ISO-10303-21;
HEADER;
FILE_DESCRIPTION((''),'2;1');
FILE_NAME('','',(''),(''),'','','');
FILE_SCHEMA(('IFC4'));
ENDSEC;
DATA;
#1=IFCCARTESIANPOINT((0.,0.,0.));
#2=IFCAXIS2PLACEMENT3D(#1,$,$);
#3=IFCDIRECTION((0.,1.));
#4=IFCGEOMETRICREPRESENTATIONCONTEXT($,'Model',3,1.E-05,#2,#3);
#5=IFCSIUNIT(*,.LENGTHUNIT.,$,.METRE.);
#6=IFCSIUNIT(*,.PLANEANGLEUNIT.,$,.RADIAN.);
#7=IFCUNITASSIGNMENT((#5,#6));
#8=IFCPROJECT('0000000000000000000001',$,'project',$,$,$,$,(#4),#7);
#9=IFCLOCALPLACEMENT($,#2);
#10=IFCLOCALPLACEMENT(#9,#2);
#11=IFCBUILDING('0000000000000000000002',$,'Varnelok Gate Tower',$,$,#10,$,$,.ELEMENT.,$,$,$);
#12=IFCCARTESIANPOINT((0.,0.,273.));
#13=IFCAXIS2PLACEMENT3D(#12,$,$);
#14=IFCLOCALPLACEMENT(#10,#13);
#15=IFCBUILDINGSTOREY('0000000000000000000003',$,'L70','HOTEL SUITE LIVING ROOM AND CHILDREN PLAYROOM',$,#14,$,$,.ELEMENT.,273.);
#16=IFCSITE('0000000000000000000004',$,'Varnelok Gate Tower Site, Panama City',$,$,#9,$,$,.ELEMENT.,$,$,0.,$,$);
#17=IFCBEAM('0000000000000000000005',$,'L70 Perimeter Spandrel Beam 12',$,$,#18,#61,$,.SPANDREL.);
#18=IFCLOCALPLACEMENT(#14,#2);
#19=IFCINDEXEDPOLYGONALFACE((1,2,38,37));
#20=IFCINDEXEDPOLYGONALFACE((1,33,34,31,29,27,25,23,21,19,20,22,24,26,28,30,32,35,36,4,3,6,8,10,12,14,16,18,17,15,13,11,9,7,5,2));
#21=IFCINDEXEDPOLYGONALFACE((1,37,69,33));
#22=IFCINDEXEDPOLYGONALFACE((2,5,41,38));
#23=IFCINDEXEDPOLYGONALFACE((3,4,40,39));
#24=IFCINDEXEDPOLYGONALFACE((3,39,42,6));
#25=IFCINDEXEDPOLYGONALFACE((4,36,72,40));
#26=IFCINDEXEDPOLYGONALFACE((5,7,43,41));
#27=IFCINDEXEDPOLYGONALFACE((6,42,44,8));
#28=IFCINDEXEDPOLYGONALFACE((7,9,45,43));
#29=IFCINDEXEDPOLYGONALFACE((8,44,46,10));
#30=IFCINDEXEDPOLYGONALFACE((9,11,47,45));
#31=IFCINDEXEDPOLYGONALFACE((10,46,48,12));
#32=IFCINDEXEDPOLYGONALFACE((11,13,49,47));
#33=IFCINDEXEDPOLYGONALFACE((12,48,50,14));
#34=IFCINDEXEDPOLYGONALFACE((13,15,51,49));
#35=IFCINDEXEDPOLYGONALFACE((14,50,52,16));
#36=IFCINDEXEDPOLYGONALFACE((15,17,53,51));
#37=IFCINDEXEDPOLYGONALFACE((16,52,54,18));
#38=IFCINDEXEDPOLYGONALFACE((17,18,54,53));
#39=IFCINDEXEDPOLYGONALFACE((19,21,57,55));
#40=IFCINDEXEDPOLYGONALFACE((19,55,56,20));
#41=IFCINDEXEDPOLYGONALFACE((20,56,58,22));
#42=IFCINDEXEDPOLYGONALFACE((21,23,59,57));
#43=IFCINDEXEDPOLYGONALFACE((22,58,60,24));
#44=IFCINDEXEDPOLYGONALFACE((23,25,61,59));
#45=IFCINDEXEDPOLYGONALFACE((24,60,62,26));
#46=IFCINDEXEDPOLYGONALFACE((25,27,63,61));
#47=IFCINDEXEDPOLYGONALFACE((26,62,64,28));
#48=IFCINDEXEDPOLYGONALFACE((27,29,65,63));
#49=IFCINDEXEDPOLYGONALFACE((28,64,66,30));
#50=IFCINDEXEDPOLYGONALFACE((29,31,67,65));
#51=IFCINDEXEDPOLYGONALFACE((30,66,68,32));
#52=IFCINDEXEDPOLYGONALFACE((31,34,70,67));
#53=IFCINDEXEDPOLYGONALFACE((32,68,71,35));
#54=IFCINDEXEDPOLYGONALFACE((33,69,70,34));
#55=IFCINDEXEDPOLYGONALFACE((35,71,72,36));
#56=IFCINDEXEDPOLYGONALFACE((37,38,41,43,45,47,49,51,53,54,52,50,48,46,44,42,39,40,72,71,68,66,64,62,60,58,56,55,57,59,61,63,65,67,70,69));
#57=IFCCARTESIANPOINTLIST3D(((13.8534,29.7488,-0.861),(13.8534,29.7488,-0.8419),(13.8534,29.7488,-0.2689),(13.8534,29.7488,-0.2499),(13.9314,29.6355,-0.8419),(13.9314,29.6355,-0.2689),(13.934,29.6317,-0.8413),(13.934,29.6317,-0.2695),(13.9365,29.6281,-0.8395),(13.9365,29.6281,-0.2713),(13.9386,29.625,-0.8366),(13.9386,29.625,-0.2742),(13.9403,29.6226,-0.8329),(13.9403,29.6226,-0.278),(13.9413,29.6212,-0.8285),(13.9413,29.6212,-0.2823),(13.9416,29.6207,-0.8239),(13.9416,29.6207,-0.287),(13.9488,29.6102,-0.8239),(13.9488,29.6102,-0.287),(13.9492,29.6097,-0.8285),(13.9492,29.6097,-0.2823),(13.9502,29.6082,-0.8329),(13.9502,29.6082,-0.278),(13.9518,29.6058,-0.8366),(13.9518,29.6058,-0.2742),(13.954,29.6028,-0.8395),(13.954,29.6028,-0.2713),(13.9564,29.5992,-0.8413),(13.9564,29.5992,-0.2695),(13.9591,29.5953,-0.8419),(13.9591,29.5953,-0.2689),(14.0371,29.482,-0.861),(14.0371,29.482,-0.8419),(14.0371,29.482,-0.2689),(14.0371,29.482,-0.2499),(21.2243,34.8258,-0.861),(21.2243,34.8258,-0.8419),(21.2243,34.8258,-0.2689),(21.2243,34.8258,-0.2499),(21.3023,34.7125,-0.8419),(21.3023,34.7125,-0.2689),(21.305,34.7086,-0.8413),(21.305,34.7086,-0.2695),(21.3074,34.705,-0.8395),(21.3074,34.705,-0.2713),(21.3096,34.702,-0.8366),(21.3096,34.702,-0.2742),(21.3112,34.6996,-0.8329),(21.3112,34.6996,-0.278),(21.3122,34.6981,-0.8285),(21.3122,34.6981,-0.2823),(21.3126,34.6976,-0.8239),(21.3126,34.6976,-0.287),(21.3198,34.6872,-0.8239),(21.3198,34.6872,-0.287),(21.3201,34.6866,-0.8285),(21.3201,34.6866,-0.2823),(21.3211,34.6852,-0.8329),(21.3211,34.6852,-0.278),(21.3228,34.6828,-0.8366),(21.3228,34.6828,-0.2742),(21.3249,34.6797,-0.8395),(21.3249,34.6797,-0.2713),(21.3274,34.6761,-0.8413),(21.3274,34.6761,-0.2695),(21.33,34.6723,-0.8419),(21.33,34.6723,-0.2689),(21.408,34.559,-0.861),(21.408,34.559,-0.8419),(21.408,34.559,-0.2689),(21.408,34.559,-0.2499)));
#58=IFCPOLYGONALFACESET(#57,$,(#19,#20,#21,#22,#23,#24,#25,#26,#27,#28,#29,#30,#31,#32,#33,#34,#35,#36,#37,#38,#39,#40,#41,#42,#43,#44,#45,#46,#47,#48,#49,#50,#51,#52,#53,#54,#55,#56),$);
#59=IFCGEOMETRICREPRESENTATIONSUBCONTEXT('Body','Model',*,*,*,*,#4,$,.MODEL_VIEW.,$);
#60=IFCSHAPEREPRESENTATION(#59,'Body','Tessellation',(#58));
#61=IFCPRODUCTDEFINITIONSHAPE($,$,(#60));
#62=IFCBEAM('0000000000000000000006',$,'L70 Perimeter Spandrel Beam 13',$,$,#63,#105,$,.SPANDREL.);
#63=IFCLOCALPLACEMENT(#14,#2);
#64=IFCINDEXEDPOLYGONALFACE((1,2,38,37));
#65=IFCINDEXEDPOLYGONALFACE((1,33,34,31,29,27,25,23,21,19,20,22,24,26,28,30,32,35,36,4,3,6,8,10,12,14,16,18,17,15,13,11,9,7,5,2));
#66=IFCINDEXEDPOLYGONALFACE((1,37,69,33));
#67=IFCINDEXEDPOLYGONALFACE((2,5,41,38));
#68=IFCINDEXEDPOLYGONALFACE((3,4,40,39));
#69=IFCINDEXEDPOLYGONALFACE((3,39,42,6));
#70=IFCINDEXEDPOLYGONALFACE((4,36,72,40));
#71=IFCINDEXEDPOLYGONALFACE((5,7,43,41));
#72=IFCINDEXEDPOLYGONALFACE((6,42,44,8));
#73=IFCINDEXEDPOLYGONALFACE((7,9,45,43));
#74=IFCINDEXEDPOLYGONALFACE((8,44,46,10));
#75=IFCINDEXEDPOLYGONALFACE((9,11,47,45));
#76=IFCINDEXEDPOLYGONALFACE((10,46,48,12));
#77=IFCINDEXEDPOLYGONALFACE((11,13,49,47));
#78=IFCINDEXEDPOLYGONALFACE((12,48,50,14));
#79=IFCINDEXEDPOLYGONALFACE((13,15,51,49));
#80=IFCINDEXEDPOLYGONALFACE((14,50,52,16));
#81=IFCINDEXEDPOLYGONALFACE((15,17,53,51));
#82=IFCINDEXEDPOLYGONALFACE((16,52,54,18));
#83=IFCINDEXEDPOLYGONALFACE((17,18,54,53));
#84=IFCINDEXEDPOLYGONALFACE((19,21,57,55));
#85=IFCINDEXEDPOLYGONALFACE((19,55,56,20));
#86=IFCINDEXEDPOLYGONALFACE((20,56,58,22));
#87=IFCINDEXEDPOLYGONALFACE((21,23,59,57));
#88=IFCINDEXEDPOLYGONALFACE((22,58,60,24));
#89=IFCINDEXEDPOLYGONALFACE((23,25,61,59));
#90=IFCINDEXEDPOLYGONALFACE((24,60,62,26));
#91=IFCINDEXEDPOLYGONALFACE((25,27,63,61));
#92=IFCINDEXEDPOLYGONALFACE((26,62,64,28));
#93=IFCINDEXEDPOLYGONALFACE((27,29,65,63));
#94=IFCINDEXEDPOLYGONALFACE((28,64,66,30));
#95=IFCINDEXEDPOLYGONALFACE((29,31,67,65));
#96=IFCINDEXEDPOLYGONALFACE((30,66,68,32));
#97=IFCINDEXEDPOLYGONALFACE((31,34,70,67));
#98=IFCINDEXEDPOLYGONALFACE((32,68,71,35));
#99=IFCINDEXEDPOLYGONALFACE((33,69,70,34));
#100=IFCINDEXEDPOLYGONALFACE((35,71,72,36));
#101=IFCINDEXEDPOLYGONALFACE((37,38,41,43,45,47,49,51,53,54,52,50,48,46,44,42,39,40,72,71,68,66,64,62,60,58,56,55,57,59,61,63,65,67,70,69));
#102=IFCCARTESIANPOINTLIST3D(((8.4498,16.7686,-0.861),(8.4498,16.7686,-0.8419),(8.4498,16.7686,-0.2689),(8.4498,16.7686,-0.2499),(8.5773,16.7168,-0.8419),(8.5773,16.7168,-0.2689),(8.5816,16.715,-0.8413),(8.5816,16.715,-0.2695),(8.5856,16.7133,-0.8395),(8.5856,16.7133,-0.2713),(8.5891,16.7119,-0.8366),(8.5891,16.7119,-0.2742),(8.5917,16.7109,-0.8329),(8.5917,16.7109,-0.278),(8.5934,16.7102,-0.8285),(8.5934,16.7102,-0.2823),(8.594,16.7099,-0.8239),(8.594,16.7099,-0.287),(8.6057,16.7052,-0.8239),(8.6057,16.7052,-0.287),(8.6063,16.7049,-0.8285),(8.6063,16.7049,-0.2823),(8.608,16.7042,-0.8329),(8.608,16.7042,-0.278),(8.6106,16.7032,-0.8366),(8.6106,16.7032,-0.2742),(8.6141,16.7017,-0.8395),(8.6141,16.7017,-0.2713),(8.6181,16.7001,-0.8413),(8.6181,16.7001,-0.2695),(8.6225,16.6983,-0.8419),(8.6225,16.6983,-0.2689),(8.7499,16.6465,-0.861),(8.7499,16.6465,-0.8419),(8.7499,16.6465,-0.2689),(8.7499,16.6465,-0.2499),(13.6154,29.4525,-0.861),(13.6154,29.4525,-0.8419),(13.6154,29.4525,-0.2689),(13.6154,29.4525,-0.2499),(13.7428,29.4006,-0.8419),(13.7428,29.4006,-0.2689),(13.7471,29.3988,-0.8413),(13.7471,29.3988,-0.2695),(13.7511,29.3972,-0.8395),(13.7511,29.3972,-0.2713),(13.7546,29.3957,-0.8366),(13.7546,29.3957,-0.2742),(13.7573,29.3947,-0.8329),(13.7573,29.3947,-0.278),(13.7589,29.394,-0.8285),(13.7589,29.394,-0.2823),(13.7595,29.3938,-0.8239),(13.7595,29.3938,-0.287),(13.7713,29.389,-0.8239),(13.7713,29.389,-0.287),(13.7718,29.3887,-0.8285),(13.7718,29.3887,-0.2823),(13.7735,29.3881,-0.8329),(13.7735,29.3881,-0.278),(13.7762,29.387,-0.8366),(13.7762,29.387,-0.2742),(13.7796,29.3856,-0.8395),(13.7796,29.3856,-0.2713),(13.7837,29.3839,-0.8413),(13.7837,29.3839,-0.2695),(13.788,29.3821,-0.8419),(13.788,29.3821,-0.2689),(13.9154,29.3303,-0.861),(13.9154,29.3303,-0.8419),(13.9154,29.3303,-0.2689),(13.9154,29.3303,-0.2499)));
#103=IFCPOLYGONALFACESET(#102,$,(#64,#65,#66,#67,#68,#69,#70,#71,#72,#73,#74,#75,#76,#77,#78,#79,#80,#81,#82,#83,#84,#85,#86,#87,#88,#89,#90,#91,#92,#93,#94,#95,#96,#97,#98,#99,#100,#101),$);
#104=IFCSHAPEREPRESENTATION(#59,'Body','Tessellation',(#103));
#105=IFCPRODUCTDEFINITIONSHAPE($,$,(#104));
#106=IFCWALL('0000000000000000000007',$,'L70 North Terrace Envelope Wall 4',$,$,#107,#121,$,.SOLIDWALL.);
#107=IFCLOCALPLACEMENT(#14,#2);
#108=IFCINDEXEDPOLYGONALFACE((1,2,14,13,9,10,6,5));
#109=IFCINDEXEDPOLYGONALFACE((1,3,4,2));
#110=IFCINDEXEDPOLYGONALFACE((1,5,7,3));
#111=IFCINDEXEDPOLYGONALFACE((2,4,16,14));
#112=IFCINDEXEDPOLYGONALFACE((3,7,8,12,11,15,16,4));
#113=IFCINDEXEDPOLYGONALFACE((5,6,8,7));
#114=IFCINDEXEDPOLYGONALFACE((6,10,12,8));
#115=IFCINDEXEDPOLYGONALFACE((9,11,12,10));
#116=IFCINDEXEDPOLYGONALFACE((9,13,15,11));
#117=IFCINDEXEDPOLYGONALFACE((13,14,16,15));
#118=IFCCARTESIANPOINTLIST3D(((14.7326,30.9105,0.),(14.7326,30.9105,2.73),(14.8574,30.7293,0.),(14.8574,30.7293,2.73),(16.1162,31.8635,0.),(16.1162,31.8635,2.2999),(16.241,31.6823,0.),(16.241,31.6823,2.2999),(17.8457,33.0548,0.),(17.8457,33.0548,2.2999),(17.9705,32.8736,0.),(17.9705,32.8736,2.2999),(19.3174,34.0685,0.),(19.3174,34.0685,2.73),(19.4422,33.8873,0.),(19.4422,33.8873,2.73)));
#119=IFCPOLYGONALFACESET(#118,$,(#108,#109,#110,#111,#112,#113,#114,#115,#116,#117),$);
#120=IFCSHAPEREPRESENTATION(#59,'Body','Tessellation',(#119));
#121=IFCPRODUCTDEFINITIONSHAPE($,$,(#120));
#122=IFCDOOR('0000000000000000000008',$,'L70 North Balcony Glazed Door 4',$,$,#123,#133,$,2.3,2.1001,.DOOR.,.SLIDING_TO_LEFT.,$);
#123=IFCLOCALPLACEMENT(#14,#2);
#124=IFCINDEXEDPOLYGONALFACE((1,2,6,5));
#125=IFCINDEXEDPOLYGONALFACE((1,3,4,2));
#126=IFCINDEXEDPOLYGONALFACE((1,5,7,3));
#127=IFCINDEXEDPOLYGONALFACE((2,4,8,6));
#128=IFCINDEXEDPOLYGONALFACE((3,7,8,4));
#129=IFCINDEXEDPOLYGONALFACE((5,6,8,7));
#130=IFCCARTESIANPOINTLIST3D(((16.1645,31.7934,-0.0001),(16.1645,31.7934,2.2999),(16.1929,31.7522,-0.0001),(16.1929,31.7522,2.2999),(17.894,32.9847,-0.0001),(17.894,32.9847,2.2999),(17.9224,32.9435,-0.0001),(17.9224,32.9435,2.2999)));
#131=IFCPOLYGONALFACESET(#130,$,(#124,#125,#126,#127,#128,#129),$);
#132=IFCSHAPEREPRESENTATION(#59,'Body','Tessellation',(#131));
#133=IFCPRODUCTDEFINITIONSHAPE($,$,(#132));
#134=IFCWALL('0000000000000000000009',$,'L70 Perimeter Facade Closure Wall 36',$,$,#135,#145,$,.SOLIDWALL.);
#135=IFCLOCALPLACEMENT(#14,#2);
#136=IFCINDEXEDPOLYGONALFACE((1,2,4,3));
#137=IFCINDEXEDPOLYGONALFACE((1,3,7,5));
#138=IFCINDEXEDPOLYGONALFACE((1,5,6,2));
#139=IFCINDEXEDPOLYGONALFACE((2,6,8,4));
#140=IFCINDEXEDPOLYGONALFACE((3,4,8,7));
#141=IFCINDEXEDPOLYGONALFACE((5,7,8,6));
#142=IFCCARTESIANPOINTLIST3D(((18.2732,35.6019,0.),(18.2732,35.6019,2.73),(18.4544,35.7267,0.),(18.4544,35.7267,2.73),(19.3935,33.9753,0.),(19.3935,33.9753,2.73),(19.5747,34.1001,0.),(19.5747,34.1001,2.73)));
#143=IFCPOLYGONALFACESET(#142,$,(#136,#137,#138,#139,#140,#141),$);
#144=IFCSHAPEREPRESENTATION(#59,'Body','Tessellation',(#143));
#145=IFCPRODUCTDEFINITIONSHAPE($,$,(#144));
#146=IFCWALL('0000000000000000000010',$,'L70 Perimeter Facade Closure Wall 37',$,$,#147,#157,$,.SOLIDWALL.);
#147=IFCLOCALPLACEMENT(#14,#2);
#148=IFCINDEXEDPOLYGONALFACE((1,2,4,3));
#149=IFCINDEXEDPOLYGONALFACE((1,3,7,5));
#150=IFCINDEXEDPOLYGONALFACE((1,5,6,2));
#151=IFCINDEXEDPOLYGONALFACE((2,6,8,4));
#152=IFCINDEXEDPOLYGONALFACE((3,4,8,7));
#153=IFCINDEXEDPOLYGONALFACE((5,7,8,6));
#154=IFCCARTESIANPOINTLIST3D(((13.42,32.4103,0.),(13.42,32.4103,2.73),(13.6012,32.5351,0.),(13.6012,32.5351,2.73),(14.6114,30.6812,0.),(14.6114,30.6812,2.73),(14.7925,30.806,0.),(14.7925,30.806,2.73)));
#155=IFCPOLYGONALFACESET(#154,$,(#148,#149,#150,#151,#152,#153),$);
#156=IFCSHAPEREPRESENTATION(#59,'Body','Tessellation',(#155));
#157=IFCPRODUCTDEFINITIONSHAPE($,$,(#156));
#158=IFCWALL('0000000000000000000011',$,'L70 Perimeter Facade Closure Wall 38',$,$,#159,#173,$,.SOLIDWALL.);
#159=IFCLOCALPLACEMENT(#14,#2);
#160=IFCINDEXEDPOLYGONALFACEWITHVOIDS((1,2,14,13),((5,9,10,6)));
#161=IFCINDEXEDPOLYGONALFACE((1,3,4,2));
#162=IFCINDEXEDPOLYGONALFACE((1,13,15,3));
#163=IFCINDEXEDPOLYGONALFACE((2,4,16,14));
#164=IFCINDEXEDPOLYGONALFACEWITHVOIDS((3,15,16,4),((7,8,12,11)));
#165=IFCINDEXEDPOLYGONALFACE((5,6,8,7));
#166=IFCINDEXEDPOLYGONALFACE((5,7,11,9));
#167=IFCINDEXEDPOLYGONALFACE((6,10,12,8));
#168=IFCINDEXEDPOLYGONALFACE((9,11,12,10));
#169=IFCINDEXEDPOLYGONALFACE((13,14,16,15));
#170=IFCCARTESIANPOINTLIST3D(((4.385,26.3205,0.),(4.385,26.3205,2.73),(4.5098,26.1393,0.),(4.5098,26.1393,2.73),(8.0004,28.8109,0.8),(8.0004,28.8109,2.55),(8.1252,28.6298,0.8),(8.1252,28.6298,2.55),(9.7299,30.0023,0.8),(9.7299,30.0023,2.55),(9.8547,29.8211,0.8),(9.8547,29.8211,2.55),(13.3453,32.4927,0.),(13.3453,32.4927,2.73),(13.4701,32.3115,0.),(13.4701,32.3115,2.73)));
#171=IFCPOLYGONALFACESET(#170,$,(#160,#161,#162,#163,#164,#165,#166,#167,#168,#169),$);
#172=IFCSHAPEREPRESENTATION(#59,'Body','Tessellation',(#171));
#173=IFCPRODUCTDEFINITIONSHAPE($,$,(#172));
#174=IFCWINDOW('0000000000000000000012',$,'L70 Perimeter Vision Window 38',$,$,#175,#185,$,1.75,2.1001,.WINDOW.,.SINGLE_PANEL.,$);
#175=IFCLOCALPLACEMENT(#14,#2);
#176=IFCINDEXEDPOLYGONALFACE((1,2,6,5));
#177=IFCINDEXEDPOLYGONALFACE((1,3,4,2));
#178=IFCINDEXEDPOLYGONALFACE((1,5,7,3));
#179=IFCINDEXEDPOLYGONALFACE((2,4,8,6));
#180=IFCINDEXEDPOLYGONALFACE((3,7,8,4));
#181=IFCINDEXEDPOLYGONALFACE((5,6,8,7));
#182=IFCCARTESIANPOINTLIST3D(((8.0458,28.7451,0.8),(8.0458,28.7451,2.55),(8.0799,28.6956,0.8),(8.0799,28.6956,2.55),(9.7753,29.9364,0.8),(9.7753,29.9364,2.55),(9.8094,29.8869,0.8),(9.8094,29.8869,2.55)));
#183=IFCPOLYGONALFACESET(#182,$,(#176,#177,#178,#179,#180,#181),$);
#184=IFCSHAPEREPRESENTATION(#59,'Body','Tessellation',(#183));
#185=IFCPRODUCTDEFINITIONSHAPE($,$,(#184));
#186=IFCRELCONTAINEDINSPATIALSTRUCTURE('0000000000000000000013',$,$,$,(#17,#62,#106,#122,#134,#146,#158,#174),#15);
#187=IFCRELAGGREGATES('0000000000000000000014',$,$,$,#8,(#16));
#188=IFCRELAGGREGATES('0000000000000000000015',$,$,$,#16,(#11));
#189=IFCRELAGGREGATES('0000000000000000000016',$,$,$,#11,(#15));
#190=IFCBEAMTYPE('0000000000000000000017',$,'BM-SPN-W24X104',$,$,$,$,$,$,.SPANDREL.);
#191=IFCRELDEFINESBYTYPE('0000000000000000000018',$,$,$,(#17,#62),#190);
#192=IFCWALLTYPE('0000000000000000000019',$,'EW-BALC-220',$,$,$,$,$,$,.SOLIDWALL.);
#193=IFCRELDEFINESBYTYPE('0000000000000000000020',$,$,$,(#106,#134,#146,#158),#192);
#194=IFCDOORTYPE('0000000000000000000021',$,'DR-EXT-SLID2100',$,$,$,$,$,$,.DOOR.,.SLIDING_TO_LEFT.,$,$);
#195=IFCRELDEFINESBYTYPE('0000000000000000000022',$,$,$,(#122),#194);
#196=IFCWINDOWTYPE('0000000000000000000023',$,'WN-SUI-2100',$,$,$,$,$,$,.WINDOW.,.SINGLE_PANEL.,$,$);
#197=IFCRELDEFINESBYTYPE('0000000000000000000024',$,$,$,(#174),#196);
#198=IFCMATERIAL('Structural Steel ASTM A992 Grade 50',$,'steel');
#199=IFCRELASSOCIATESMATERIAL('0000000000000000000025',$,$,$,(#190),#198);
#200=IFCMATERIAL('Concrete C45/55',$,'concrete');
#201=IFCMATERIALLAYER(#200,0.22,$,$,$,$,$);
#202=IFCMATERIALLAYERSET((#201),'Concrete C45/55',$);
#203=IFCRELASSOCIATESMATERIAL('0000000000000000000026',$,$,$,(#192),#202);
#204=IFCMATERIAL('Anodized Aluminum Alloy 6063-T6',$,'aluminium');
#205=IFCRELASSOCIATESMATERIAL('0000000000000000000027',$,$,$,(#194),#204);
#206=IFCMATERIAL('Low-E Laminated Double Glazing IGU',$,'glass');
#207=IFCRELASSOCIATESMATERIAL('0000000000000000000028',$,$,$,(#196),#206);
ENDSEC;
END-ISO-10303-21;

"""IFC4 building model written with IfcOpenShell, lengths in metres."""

from ifc_helpers import new_model, si_unit, direction, frame, frame_2d, origin, origin_2d, place, context, subcontext, project, spatial, rectangle, i_section, extrude, material, layer, layer_set, material_profile, profile_set, type_object, element, fill, save


model = new_model("IFC4")

# Units and contexts
model_context = context("Model", 3, precision=1e-05, world=origin(), true_north=direction((0.0, 1.0)))
body_context = subcontext(model_context, "Body", "Model", "MODEL_VIEW")
ifc_project = project(units=[si_unit("LENGTHUNIT", "METRE"), si_unit("PLANEANGLEUNIT", "RADIAN")], contexts=[model_context])

# Site, building, storey
site_placement = place(None, origin())
site = spatial("IfcSite", under=ifc_project, at=site_placement, Name="Varnelok Gate Tower Site, Panama City", CompositionType="ELEMENT", RefElevation=0.0)
building_placement = place(site_placement, origin())
building = spatial("IfcBuilding", under=site, at=building_placement, Name="Varnelok Gate Tower", CompositionType="ELEMENT")
storey_placement = place(building_placement, frame((0.0, 0.0, 273.0)))
storey = spatial("IfcBuildingStorey", under=building, at=storey_placement, Name="L70", Description="HOTEL SUITE LIVING ROOM AND CHILDREN PLAYROOM", CompositionType="ELEMENT", Elevation=273.0)

# Shared definitions
ifc_material_1 = material(Name="Structural Steel ASTM A992 Grade 50", Category="steel")

# Beams
ifc_material_profile_1 = material_profile(ifc_material_1, i_section(OverallWidth=0.324, OverallDepth=0.6111, WebThickness=0.0127, FlangeThickness=0.019, FilletRadius=0.0181, at=origin_2d()), Name="W24X104")
ifc_profile_set_1 = profile_set([ifc_material_profile_1], Name="Structural Steel ASTM A992 Grade 50")
beam_type_1 = type_object("IfcBeamType", Name="BM-SPN-W24X104", PredefinedType="SPANDREL", material=ifc_profile_set_1)
beam_1_placement = place(storey_placement, frame((21.3162, 34.6924, -0.5554), z_axis=(-0.823549, -0.567245, 0.0), x_axis=(0.567245, -0.823549, 0.0)))
element("IfcBeam", 1, at=beam_1_placement, inside=storey, type_object=beam_type_1, Name="L70 Perimeter Spandrel Beam 12", PredefinedType="SPANDREL", context=body_context, shape_type="SweptSolid", body=[
    extrude(i_section(OverallWidth=0.324, OverallDepth=0.6111, WebThickness=0.0127, FlangeThickness=0.019, FilletRadius=0.0181, at=origin_2d()), origin(), (0.0, 0.0, 1.0), 8.9502),
])
beam_2_placement = place(storey_placement, frame((13.7654, 29.3914, -0.5554), z_axis=(-0.377174, -0.926142, 0.0), x_axis=(0.926142, -0.377174, 0.0)))
element("IfcBeam", 2, at=beam_2_placement, inside=storey, type_object=beam_type_1, Name="L70 Perimeter Spandrel Beam 13", PredefinedType="SPANDREL", context=body_context, shape_type="SweptSolid", body=[
    extrude(i_section(OverallWidth=0.324, OverallDepth=0.6111, WebThickness=0.0127, FlangeThickness=0.019, FilletRadius=0.0181, at=origin_2d()), origin(), (0.0, 0.0, 1.0), 13.6953),
])

# Wall, opening, door
ifc_material_2 = material(Name="Concrete C45/55", Category="concrete")
ifc_layer_1 = layer(ifc_material_2, 0.22)
ifc_layer_set_1 = layer_set([ifc_layer_1], Name="Concrete C45/55")
wall_type_1 = type_object("IfcWallType", Name="EW-BALC-220", PredefinedType="SOLIDWALL", material=ifc_layer_set_1)
wall_1_placement = place(storey_placement, frame((14.7949, 30.8198, 0.0), z_axis=(0.0, 0.0, 1.0), x_axis=(0.823541, 0.567256, 0.0)))
wall_1 = element("IfcWall", 3, at=wall_1_placement, inside=storey, type_object=wall_type_1, Name="L70 North Terrace Envelope Wall 4", PredefinedType="SOLIDWALL", context=body_context, shape_type="SweptSolid", body=[
    extrude(rectangle(XDim=5.5671, YDim=0.22, at=frame_2d((2.7837, 0.0))), origin(), (0.0, 0.0, 1.0), 2.73),
])
opening_1_placement = place(wall_1_placement, frame((1.6802, 0.0, 0.0)))
opening_1 = element("IfcOpeningElement", 4, at=opening_1_placement, cuts=wall_1, PredefinedType="OPENING", context=body_context, shape_type="SweptSolid", body=[
    extrude(rectangle(XDim=2.1001, YDim=2.3, at=frame_2d((1.05, 1.1499))), frame((0.0, 0.1199, 0.0), z_axis=(0.0, -1.0, 0.0), x_axis=(1.0, 0.0, 0.0)), (0.0, 0.0, 1.0), 0.24),
])
ifc_material_3 = material(Name="Anodized Aluminum Alloy 6063-T6", Category="aluminium")
door_type = type_object("IfcDoorType", Name="DR-EXT-SLID2100", OperationType="SLIDING_TO_LEFT", PredefinedType="DOOR", material=ifc_material_3)
door_placement = place(opening_1_placement, origin())
door = element("IfcDoor", 5, at=door_placement, inside=storey, type_object=door_type, Name="L70 North Balcony Glazed Door 4", OperationType="SLIDING_TO_LEFT", OverallHeight=2.3, OverallWidth=2.1001, PredefinedType="DOOR", context=body_context, shape_type="SweptSolid", body=[
    extrude(rectangle(XDim=2.1001, YDim=2.3, at=frame_2d((1.05, 1.1499))), frame((0.0, 0.0249, 0.0), z_axis=(0.0, -1.0, 0.0), x_axis=(1.0, 0.0, 0.0)), (0.0, 0.0, 1.0), 0.05),
])
fill(opening_1, door)

# Walls
wall_2_placement = place(storey_placement, frame((18.3638, 35.6643, 0.0), z_axis=(0.0, 0.0, 1.0), x_axis=(0.567216, -0.823569, 0.0)))
element("IfcWall", 6, at=wall_2_placement, inside=storey, type_object=wall_type_1, Name="L70 Perimeter Facade Closure Wall 36", PredefinedType="SOLIDWALL", context=body_context, shape_type="SweptSolid", body=[
    extrude(rectangle(XDim=1.9751, YDim=0.22, at=frame_2d((0.9875, 0.0))), origin(), (0.0, 0.0, 1.0), 2.73),
])
wall_3_placement = place(storey_placement, frame((14.7019, 30.7437, 0.0), z_axis=(0.0, 0.0, 1.0), x_axis=(-0.567353, 0.823475, 0.0)))
element("IfcWall", 7, at=wall_3_placement, inside=storey, type_object=wall_type_1, Name="L70 Perimeter Facade Closure Wall 37", PredefinedType="SOLIDWALL", context=body_context, shape_type="SweptSolid", body=[
    extrude(rectangle(XDim=2.0999, YDim=0.22, at=frame_2d((1.0498, 0.0))), origin(), (0.0, 0.0, 1.0), 2.73),
])

# Wall, opening, window
wall_4_placement = place(storey_placement, frame((13.4077, 32.4021, 0.0), z_axis=(0.0, 0.0, 1.0), x_axis=(-0.823528, -0.567276, 0.0)))
wall_4 = element("IfcWall", 8, at=wall_4_placement, inside=storey, type_object=wall_type_1, Name="L70 Perimeter Facade Closure Wall 38", PredefinedType="SOLIDWALL", context=body_context, shape_type="SweptSolid", body=[
    extrude(rectangle(XDim=10.8804, YDim=0.22, at=frame_2d((5.4402, 0.0))), origin(), (0.0, 0.0, 1.0), 2.73),
])
opening_2_placement = place(wall_4_placement, frame((4.3901, 0.0, 0.8)))
opening_2 = element("IfcOpeningElement", 9, at=opening_2_placement, cuts=wall_4, PredefinedType="OPENING", context=body_context, shape_type="SweptSolid", body=[
    extrude(rectangle(XDim=2.1001, YDim=1.75, at=frame_2d((1.05, 0.875))), frame((0.0, 0.1199, 0.0), z_axis=(0.0, -1.0, 0.0), x_axis=(1.0, 0.0, 0.0)), (0.0, 0.0, 1.0), 0.24),
])
ifc_material_4 = material(Name="Low-E Laminated Double Glazing IGU", Category="glass")
window_type = type_object("IfcWindowType", Name="WN-SUI-2100", PartitioningType="SINGLE_PANEL", PredefinedType="WINDOW", material=ifc_material_4)
window_placement = place(opening_2_placement, origin())
window = element("IfcWindow", 10, at=window_placement, inside=storey, type_object=window_type, Name="L70 Perimeter Vision Window 38", OverallHeight=1.75, OverallWidth=2.1001, PartitioningType="SINGLE_PANEL", PredefinedType="WINDOW", context=body_context, shape_type="SweptSolid", body=[
    extrude(rectangle(XDim=2.1001, YDim=1.75, at=frame_2d((1.05, 0.875))), frame((0.0, 0.03, 0.0), z_axis=(0.0, -1.0, 0.0), x_axis=(1.0, 0.0, 0.0)), (0.0, 0.0, 1.0), 0.0601),
])
fill(opening_2, window)

save(model, "model.ifc")
